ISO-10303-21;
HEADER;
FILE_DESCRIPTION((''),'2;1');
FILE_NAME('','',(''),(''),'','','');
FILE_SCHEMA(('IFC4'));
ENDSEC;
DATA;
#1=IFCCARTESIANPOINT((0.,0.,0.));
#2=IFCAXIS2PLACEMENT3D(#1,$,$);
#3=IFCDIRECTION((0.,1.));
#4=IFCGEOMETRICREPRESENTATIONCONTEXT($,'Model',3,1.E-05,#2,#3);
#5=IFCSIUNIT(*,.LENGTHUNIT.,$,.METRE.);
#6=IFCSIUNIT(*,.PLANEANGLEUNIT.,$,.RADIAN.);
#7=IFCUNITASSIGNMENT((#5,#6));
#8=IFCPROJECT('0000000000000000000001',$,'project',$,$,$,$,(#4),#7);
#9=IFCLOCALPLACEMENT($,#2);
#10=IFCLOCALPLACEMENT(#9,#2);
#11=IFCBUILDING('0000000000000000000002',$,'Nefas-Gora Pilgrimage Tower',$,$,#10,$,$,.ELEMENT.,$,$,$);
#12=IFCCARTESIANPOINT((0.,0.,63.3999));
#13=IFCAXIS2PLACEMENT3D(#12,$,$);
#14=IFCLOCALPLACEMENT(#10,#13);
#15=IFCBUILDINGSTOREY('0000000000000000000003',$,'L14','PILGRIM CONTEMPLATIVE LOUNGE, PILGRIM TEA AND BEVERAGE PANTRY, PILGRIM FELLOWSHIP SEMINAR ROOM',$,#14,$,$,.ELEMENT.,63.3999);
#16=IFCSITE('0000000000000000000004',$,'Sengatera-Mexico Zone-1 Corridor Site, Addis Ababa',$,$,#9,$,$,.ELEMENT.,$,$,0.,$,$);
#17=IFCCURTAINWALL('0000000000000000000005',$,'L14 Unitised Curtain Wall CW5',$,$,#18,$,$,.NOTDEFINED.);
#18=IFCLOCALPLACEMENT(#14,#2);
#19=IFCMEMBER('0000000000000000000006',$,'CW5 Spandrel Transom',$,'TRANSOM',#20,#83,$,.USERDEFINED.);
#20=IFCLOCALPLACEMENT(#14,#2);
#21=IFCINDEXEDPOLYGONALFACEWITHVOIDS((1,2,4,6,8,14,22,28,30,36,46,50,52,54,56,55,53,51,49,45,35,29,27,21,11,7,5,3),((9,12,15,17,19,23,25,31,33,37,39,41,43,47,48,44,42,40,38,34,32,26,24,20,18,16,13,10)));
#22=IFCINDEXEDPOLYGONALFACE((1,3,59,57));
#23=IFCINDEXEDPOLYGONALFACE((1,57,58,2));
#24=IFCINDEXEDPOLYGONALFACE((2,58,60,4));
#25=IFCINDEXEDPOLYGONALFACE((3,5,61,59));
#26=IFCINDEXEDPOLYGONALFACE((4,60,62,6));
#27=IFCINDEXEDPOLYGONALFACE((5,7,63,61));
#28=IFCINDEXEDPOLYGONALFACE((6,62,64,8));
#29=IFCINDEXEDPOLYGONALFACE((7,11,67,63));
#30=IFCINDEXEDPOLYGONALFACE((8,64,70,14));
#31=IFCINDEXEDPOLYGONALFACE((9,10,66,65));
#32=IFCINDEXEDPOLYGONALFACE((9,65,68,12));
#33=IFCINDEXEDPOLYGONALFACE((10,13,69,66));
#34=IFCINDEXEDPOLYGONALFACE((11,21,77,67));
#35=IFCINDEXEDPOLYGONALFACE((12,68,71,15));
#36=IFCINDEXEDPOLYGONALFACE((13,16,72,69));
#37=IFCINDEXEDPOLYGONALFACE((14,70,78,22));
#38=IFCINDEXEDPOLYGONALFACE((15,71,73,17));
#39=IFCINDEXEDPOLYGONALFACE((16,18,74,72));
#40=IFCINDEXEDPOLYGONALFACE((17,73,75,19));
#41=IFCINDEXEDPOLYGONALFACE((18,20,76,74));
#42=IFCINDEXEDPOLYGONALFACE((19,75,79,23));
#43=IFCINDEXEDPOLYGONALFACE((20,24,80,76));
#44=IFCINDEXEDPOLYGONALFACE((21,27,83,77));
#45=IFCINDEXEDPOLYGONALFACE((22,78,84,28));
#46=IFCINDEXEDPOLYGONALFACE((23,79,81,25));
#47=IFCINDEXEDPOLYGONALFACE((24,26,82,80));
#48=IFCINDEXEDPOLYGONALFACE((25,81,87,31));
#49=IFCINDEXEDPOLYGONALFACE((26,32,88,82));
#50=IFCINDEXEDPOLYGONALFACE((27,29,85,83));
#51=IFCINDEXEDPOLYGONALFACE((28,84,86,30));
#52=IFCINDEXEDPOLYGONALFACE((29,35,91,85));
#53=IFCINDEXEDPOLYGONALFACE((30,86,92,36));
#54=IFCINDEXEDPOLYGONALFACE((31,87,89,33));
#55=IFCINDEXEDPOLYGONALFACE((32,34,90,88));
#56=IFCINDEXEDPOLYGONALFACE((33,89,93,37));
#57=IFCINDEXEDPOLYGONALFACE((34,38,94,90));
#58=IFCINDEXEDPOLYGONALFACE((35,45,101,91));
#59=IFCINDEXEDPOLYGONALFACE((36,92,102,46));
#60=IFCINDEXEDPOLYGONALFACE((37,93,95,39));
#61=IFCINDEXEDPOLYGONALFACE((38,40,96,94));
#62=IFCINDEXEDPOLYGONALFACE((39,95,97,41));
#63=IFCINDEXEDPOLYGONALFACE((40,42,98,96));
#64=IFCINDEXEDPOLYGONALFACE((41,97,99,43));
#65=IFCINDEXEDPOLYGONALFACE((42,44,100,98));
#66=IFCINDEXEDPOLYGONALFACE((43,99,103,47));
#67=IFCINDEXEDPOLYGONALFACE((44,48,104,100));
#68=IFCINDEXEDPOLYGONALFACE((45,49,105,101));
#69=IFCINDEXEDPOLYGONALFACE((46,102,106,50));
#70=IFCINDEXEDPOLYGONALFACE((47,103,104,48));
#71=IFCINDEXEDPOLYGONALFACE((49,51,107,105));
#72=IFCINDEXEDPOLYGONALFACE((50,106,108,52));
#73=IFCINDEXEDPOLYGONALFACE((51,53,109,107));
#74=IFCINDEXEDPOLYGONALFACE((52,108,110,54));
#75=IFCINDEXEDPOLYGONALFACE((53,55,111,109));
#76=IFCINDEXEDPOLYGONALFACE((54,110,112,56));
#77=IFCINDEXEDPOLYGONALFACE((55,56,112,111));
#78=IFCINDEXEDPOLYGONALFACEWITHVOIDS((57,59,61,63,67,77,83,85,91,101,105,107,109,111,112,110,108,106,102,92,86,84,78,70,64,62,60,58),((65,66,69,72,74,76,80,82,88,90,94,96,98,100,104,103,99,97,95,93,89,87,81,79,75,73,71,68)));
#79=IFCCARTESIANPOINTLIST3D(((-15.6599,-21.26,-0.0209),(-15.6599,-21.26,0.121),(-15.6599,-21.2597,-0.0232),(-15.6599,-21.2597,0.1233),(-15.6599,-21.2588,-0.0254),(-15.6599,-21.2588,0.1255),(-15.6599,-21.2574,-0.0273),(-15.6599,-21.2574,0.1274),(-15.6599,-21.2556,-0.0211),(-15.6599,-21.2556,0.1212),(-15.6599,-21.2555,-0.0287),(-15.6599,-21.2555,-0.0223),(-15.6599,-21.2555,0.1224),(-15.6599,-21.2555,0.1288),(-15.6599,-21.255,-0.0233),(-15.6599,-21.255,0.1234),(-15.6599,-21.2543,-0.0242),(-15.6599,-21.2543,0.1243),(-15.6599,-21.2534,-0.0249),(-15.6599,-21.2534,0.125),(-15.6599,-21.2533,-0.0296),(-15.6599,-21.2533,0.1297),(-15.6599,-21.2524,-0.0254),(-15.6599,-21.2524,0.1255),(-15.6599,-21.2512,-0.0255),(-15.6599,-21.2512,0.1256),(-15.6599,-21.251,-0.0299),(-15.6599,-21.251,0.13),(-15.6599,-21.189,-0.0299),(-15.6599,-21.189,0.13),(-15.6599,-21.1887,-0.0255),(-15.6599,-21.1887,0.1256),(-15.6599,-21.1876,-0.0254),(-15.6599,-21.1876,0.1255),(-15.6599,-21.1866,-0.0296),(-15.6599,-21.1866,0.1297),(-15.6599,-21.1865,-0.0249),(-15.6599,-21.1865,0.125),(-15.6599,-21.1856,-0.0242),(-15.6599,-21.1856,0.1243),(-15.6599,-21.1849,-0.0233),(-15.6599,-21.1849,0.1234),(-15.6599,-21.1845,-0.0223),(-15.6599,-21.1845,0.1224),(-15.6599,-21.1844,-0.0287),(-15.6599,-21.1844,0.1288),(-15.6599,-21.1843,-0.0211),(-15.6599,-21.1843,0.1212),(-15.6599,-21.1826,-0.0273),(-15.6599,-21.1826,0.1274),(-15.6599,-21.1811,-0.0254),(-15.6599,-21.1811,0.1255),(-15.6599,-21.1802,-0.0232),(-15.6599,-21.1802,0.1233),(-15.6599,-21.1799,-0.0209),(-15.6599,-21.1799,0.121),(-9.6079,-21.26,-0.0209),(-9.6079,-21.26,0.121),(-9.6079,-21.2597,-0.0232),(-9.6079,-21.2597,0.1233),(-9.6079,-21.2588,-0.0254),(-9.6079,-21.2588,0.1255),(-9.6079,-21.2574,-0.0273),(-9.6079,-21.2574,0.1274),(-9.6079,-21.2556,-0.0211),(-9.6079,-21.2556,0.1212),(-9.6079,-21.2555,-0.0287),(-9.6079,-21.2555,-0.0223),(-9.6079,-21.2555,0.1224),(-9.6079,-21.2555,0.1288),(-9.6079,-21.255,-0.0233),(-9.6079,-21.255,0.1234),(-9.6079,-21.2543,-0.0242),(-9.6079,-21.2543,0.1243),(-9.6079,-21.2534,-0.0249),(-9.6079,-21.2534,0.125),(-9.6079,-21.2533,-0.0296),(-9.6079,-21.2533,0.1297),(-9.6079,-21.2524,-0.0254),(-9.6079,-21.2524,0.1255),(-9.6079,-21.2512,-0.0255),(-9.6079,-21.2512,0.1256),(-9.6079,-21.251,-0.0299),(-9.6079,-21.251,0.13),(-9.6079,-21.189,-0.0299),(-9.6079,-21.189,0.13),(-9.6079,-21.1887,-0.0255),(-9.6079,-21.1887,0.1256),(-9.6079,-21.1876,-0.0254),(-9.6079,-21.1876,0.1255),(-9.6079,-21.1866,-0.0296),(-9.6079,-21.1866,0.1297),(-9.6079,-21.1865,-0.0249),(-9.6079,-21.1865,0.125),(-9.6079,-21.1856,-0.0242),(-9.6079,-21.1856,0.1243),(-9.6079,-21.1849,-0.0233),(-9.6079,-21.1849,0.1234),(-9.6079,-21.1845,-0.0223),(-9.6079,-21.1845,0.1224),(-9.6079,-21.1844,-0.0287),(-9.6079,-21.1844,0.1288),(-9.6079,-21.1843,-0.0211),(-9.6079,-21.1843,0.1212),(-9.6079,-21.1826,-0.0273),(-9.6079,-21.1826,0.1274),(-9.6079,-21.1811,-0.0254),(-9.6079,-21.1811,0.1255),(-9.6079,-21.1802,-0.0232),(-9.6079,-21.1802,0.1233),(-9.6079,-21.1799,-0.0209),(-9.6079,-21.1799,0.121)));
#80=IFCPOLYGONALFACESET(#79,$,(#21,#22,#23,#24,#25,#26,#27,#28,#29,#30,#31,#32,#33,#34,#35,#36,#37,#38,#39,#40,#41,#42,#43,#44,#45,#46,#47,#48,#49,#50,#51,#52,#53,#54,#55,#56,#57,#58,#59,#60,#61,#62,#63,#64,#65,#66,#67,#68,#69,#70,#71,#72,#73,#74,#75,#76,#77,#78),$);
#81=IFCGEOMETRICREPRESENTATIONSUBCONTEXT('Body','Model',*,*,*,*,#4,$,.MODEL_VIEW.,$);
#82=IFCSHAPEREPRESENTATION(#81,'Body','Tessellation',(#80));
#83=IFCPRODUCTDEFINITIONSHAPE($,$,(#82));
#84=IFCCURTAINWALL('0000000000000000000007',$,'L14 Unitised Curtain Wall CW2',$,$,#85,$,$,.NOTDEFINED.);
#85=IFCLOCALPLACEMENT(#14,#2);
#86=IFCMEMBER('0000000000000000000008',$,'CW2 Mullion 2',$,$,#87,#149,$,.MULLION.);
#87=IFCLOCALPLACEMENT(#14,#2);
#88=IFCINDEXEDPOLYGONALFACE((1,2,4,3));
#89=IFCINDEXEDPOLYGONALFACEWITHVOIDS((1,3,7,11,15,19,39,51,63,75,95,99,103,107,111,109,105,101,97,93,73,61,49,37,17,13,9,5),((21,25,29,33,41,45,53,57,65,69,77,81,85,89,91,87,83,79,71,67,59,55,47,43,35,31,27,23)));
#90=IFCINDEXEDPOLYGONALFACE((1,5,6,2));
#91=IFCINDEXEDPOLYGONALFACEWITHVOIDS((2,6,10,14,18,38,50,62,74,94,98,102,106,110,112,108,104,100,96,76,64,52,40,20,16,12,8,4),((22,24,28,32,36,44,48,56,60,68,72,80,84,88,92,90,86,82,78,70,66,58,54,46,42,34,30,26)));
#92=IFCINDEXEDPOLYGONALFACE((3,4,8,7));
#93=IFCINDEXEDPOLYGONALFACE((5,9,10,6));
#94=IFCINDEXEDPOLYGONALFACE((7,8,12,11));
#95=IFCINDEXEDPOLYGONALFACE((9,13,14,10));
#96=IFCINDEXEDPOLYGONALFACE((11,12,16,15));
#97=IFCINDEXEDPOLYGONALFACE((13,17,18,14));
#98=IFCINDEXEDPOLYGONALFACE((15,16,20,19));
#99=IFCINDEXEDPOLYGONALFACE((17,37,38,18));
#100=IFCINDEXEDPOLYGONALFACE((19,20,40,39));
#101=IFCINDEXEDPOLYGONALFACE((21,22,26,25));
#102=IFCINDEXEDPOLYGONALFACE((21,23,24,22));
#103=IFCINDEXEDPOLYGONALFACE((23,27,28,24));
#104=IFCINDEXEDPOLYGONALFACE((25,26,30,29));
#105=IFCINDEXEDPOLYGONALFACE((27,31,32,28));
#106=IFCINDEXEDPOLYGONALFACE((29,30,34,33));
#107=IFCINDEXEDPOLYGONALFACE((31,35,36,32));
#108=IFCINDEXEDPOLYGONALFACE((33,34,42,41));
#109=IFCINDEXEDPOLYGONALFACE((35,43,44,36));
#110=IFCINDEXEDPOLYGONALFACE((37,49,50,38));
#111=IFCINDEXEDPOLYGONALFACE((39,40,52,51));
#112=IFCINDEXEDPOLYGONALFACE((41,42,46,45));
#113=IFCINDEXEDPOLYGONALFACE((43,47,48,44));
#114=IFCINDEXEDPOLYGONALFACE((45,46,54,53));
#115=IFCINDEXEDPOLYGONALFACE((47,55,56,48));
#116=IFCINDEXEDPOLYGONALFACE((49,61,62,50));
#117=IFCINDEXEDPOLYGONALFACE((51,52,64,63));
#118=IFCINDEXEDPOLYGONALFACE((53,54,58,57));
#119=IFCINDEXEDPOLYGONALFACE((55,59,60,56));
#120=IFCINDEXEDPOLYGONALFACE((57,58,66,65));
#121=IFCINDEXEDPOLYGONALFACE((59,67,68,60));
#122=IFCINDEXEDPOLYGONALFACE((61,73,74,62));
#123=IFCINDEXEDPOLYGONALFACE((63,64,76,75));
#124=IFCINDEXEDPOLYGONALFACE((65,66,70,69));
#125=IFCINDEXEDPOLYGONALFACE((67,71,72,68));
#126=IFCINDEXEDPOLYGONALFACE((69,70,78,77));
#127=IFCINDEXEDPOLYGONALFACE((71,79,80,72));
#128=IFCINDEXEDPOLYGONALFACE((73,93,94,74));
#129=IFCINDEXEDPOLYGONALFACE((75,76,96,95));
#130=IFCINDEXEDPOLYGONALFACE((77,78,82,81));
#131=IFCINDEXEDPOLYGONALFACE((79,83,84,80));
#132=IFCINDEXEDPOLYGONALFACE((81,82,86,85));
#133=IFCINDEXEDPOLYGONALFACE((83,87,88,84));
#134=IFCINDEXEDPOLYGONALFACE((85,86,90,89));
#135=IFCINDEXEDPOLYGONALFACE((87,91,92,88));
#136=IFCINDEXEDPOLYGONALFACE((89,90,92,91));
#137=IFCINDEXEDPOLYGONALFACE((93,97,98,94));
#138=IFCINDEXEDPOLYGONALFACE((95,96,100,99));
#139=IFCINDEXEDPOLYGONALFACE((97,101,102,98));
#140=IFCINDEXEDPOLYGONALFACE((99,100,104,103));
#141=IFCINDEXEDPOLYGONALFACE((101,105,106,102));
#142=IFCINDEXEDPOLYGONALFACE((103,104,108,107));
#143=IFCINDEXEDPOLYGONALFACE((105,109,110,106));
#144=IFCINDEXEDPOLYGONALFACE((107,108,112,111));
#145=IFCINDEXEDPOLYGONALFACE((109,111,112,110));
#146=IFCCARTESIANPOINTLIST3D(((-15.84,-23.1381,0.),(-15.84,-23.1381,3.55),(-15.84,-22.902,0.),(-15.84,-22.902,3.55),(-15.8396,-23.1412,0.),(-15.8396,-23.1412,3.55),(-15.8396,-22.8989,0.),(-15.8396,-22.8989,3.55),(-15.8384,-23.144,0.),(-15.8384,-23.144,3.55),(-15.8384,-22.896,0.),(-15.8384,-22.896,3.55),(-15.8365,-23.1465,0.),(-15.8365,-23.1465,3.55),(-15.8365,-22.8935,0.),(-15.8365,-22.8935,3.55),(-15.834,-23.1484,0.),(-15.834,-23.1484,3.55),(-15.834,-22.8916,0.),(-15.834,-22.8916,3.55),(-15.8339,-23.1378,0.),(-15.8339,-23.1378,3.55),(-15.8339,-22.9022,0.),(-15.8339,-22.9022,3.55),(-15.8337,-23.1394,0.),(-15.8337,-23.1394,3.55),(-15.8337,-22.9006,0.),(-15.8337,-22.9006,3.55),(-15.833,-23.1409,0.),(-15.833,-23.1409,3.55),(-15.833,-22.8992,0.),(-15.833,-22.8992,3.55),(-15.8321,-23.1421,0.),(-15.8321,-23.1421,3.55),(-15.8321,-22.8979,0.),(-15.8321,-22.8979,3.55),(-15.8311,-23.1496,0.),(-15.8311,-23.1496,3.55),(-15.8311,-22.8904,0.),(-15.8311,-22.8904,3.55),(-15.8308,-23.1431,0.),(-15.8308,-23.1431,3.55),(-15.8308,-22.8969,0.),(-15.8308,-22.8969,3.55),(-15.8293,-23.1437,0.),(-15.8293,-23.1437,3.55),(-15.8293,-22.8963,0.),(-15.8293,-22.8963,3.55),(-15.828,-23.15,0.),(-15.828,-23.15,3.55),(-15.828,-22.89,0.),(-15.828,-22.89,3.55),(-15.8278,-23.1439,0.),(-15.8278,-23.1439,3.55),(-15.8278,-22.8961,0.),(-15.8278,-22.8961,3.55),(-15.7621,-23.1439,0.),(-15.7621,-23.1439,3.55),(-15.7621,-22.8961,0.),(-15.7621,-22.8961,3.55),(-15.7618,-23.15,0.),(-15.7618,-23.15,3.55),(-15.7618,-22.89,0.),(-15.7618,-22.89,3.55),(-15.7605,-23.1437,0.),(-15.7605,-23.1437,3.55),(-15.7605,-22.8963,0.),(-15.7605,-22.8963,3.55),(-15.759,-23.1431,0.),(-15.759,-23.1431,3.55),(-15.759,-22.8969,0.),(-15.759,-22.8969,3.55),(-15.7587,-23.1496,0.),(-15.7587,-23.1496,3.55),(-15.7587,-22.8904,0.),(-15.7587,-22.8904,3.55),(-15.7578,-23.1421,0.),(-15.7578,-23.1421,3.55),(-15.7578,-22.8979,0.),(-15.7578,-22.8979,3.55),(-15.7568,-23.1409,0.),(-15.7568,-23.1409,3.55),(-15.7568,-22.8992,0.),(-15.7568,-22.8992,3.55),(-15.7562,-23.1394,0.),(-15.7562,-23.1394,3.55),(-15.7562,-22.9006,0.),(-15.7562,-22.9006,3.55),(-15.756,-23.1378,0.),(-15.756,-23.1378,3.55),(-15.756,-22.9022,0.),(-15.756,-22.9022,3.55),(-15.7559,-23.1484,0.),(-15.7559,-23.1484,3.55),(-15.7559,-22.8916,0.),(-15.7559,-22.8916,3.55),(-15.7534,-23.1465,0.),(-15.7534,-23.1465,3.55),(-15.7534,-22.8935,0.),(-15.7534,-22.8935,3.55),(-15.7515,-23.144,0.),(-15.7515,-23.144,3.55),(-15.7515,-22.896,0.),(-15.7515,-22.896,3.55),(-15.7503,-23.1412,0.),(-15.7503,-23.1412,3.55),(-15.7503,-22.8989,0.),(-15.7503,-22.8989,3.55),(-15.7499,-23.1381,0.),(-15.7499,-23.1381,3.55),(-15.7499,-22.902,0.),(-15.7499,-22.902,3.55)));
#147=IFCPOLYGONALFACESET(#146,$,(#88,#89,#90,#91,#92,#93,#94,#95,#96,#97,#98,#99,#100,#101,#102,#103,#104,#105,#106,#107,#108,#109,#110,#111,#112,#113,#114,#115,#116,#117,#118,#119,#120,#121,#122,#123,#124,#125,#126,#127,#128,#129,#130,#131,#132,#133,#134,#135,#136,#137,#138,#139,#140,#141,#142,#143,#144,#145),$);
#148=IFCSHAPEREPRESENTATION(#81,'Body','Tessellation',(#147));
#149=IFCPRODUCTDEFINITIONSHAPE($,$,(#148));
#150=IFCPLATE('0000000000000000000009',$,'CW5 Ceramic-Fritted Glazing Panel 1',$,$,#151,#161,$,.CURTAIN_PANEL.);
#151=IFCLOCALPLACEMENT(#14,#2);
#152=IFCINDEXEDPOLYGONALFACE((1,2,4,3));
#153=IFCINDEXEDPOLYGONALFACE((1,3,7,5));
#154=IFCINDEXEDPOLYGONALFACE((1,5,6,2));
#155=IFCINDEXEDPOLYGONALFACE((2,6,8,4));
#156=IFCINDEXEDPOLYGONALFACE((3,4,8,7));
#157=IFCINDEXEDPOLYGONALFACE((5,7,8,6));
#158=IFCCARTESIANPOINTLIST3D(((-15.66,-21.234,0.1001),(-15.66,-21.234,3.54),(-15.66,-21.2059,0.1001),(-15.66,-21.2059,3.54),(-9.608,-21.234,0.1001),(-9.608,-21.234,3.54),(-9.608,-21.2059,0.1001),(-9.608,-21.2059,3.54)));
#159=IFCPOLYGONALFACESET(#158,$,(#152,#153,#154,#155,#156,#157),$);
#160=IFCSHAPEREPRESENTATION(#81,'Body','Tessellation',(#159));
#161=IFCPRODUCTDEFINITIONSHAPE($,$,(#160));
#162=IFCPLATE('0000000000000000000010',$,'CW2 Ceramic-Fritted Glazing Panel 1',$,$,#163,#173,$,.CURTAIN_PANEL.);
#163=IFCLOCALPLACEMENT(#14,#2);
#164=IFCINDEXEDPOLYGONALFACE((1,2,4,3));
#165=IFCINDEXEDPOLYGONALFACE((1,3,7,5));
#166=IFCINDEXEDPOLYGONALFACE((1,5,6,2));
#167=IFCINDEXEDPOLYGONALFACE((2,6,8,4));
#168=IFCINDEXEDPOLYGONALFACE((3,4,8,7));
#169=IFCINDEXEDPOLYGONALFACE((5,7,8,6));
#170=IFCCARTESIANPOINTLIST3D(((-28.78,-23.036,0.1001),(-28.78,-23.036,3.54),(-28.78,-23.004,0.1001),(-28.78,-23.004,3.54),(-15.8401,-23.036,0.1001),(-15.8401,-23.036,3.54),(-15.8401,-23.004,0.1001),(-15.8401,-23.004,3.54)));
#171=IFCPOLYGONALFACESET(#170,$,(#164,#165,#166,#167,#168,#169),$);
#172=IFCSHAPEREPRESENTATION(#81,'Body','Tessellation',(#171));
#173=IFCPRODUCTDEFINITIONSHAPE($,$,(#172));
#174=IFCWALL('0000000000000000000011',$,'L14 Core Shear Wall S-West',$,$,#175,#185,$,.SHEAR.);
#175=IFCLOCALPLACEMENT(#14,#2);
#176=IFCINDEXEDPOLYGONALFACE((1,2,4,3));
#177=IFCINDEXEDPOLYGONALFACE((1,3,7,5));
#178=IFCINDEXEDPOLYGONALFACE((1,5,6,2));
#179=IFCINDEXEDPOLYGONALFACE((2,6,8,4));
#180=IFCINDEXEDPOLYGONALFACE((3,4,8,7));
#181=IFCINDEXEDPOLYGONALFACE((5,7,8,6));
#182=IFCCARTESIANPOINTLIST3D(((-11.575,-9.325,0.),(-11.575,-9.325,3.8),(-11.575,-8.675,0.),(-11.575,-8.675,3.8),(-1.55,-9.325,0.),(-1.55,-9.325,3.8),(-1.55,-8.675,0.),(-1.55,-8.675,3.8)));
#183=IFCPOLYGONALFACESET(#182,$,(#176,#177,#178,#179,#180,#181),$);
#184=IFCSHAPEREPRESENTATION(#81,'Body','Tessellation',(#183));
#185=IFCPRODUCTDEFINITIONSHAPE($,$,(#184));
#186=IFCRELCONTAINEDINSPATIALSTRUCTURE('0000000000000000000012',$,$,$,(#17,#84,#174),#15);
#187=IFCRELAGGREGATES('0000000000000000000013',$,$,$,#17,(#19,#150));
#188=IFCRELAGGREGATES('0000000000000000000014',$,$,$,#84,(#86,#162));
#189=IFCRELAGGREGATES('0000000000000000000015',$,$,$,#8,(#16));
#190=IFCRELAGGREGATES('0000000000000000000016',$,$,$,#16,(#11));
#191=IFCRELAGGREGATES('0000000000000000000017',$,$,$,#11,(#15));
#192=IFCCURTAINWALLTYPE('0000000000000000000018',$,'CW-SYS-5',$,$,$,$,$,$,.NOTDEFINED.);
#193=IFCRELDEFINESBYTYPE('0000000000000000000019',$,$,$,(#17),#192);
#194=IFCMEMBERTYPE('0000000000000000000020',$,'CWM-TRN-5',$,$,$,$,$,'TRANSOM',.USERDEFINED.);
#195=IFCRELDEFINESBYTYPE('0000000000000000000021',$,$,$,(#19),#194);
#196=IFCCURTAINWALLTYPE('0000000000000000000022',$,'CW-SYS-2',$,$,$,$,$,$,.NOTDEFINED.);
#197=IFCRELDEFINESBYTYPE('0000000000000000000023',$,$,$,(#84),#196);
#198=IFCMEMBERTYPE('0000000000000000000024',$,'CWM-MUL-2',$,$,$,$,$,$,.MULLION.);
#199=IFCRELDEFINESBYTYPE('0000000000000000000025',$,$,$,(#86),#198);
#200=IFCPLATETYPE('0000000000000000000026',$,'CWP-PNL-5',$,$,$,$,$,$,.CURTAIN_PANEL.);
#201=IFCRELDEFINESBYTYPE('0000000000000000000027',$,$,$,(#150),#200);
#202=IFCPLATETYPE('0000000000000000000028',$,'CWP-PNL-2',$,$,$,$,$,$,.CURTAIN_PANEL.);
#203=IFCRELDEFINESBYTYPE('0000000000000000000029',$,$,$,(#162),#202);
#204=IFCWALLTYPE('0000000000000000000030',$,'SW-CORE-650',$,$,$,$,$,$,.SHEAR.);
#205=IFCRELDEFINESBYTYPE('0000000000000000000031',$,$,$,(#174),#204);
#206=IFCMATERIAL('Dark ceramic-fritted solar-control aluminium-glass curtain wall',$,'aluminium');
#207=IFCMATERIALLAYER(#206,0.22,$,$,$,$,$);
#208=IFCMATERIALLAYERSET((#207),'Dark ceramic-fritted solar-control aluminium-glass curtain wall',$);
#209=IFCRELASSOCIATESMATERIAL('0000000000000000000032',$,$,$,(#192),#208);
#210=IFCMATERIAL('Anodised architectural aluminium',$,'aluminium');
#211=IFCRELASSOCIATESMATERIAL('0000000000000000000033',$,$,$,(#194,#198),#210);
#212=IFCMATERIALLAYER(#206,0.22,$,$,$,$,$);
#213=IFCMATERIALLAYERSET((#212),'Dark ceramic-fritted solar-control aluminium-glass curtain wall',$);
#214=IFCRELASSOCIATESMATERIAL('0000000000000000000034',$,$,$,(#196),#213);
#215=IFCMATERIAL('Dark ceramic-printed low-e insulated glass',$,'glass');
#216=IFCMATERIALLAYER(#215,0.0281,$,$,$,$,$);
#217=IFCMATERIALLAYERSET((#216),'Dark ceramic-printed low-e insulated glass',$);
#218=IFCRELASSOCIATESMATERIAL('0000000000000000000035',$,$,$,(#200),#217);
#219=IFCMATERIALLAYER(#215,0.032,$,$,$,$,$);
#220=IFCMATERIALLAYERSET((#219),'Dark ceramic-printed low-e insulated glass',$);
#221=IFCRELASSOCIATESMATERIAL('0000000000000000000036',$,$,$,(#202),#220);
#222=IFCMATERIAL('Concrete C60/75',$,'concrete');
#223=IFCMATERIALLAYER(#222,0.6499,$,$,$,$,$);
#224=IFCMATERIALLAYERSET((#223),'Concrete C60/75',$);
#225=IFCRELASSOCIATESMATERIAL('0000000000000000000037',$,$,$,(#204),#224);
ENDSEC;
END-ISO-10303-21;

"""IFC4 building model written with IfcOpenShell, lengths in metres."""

from ifc_helpers import new_model, si_unit, direction, frame, frame_2d, origin, origin_2d, place, context, subcontext, project, spatial, rectangle, hollow_rectangle, extrude, source, transform, mapped, material, layer, layer_set, material_profile, profile_set, type_object, element, aggregate, save


model = new_model("IFC4")

# Units and contexts
model_context = context("Model", 3, precision=1e-05, world=origin(), true_north=direction((0.0, 1.0)))
body_context = subcontext(model_context, "Body", "Model", "MODEL_VIEW")
ifc_project = project(units=[si_unit("LENGTHUNIT", "METRE"), si_unit("PLANEANGLEUNIT", "RADIAN")], contexts=[model_context])

# Site, building, storey
site_placement = place(None, origin())
site = spatial("IfcSite", under=ifc_project, at=site_placement, Name="Sengatera-Mexico Zone-1 Corridor Site, Addis Ababa", CompositionType="ELEMENT", RefElevation=0.0)
building_placement = place(site_placement, origin())
building = spatial("IfcBuilding", under=site, at=building_placement, Name="Nefas-Gora Pilgrimage Tower", CompositionType="ELEMENT")
storey_placement = place(building_placement, frame((0.0, 0.0, 63.3999)))
storey = spatial("IfcBuildingStorey", under=building, at=storey_placement, Name="L14", Description="PILGRIM CONTEMPLATIVE LOUNGE, PILGRIM TEA AND BEVERAGE PANTRY, PILGRIM FELLOWSHIP SEMINAR ROOM", CompositionType="ELEMENT", Elevation=63.3999)

# Curtain wall, member
ifc_material_1 = material(Name="Dark ceramic-fritted solar-control aluminium-glass curtain wall", Category="aluminium")
ifc_layer_1 = layer(ifc_material_1, 0.22)
ifc_layer_set_1 = layer_set([ifc_layer_1], Name="Dark ceramic-fritted solar-control aluminium-glass curtain wall")
curtain_wall_type_1 = type_object("IfcCurtainWallType", Name="CW-SYS-5", PredefinedType="NOTDEFINED", material=ifc_layer_set_1)
curtain_wall_1_placement = place(storey_placement, origin())
curtain_wall_1 = element("IfcCurtainWall", 1, at=curtain_wall_1_placement, inside=storey, type_object=curtain_wall_type_1, Name="L14 Unitised Curtain Wall CW5", PredefinedType="NOTDEFINED")
ifc_material_2 = material(Name="Anodised architectural aluminium", Category="aluminium")
ifc_material_profile_1 = material_profile(ifc_material_2, hollow_rectangle(XDim=0.0801, YDim=0.1599, WallThickness=0.0044, InnerFilletRadius=0.0044, OuterFilletRadius=0.009, at=origin_2d()), Name="ALU TRANSOM 80x160")
ifc_profile_set_1 = profile_set([ifc_material_profile_1], Name="Anodised architectural aluminium")
member_type_1 = type_object("IfcMemberType", Name="CWM-TRN-5", ElementType="TRANSOM", PredefinedType="USERDEFINED", material=ifc_profile_set_1)
shared_shape_1 = source(origin(), body_context, "Body", "SweptSolid", [
    extrude(hollow_rectangle(XDim=0.0801, YDim=0.1599, WallThickness=0.0044, InnerFilletRadius=0.0044, OuterFilletRadius=0.009, at=origin_2d()), origin(), (0.0, 0.0, 1.0), 6.052),
])
member_1_placement = place(storey_placement, frame((-15.6599, -21.22, 0.05), z_axis=(1.0, 0.0, 0.0), x_axis=(0.0, 1.0, 0.0)))
member_1 = element("IfcMember", 2, at=member_1_placement, type_object=member_type_1, Name="CW5 Spandrel Transom", ObjectType="TRANSOM", PredefinedType="USERDEFINED", context=body_context, shape_type="MappedRepresentation", body=[
    mapped(shared_shape_1, transform((0.0, 0.0, 0.0), x_axis=(1.0, 0.0, 0.0), y_axis=(0.0, 1.0, 0.0), z_axis=(0.0, 0.0, 1.0), scale=1.0)),
])

# Curtain wall, member
ifc_layer_2 = layer(ifc_material_1, 0.22)
ifc_layer_set_2 = layer_set([ifc_layer_2], Name="Dark ceramic-fritted solar-control aluminium-glass curtain wall")
curtain_wall_type_2 = type_object("IfcCurtainWallType", Name="CW-SYS-2", PredefinedType="NOTDEFINED", material=ifc_layer_set_2)
curtain_wall_2_placement = place(storey_placement, origin())
curtain_wall_2 = element("IfcCurtainWall", 3, at=curtain_wall_2_placement, inside=storey, type_object=curtain_wall_type_2, Name="L14 Unitised Curtain Wall CW2", PredefinedType="NOTDEFINED")
ifc_material_profile_2 = material_profile(ifc_material_2, hollow_rectangle(XDim=0.0901, YDim=0.26, WallThickness=0.0061, InnerFilletRadius=0.0061, OuterFilletRadius=0.012, at=origin_2d()), Name="ALU MULLION 90x260")
ifc_profile_set_2 = profile_set([ifc_material_profile_2], Name="Anodised architectural aluminium")
member_type_2 = type_object("IfcMemberType", Name="CWM-MUL-2", PredefinedType="MULLION", material=ifc_profile_set_2)
shared_shape_2 = source(origin(), body_context, "Body", "SweptSolid", [
    extrude(hollow_rectangle(XDim=0.0901, YDim=0.26, WallThickness=0.0061, InnerFilletRadius=0.0061, OuterFilletRadius=0.012, at=origin_2d()), origin(), (0.0, 0.0, 1.0), 3.55),
])
member_2_placement = place(storey_placement, frame((-15.7949, -23.02, 0.0), z_axis=(0.0, 0.0, 1.0), x_axis=(1.0, 0.0, 0.0)))
member_2 = element("IfcMember", 4, at=member_2_placement, type_object=member_type_2, Name="CW2 Mullion 2", PredefinedType="MULLION", context=body_context, shape_type="MappedRepresentation", body=[
    mapped(shared_shape_2, transform((0.0, 0.0, 0.0), x_axis=(1.0, 0.0, 0.0), y_axis=(0.0, 1.0, 0.0), z_axis=(0.0, 0.0, 1.0), scale=1.0)),
])

# Plates
ifc_material_3 = material(Name="Dark ceramic-printed low-e insulated glass", Category="glass")
ifc_layer_3 = layer(ifc_material_3, 0.0281)
ifc_layer_set_3 = layer_set([ifc_layer_3], Name="Dark ceramic-printed low-e insulated glass")
plate_type_1 = type_object("IfcPlateType", Name="CWP-PNL-5", PredefinedType="CURTAIN_PANEL", material=ifc_layer_set_3)
shared_shape_3 = source(origin(), body_context, "Body", "SweptSolid", [
    extrude(rectangle(XDim=6.052, YDim=0.0281, at=origin_2d()), origin(), (0.0, 0.0, 1.0), 3.4399),
])
plate_1_placement = place(storey_placement, frame((-12.634, -21.22, 0.1001), z_axis=(0.0, 0.0, 1.0), x_axis=(1.0, 0.0, 0.0)))
plate_1 = element("IfcPlate", 5, at=plate_1_placement, type_object=plate_type_1, Name="CW5 Ceramic-Fritted Glazing Panel 1", PredefinedType="CURTAIN_PANEL", context=body_context, shape_type="MappedRepresentation", body=[
    mapped(shared_shape_3, transform((0.0, 0.0, 0.0), x_axis=(1.0, 0.0, 0.0), y_axis=(0.0, 1.0, 0.0), z_axis=(0.0, 0.0, 1.0), scale=1.0)),
])
aggregate(curtain_wall_1, [member_1, plate_1])
ifc_layer_4 = layer(ifc_material_3, 0.032)
ifc_layer_set_4 = layer_set([ifc_layer_4], Name="Dark ceramic-printed low-e insulated glass")
plate_type_2 = type_object("IfcPlateType", Name="CWP-PNL-2", PredefinedType="CURTAIN_PANEL", material=ifc_layer_set_4)
shared_shape_4 = source(origin(), body_context, "Body", "SweptSolid", [
    extrude(rectangle(XDim=12.9399, YDim=0.032, at=origin_2d()), origin(), (0.0, 0.0, 1.0), 3.4399),
])
plate_2_placement = place(storey_placement, frame((-22.3101, -23.02, 0.1001), z_axis=(0.0, 0.0, 1.0), x_axis=(1.0, 0.0, 0.0)))
plate_2 = element("IfcPlate", 6, at=plate_2_placement, type_object=plate_type_2, Name="CW2 Ceramic-Fritted Glazing Panel 1", PredefinedType="CURTAIN_PANEL", context=body_context, shape_type="MappedRepresentation", body=[
    mapped(shared_shape_4, transform((0.0, 0.0, 0.0), x_axis=(1.0, 0.0, 0.0), y_axis=(0.0, 1.0, 0.0), z_axis=(0.0, 0.0, 1.0), scale=1.0)),
])
aggregate(curtain_wall_2, [member_2, plate_2])

# Wall
ifc_material_4 = material(Name="Concrete C60/75", Category="concrete")
ifc_layer_5 = layer(ifc_material_4, 0.6499)
ifc_layer_set_5 = layer_set([ifc_layer_5], Name="Concrete C60/75")
wall_type_1 = type_object("IfcWallType", Name="SW-CORE-650", PredefinedType="SHEAR", material=ifc_layer_set_5)
shared_shape_5 = source(origin(), body_context, "Body", "SweptSolid", [
    extrude(rectangle(XDim=10.0249, YDim=0.6499, at=frame_2d((5.0125, 0.0))), origin(), (0.0, 0.0, 1.0), 3.8),
])
wall_1_placement = place(storey_placement, frame((-11.575, -9.0, 0.0), z_axis=(0.0, 0.0, 1.0), x_axis=(1.0, 0.0, 0.0)))
element("IfcWall", 7, at=wall_1_placement, inside=storey, type_object=wall_type_1, Name="L14 Core Shear Wall S-West", PredefinedType="SHEAR", context=body_context, shape_type="MappedRepresentation", body=[
    mapped(shared_shape_5, transform((0.0, 0.0, 0.0), x_axis=(1.0, 0.0, 0.0), y_axis=(0.0, 1.0, 0.0), z_axis=(0.0, 0.0, 1.0), scale=1.0)),
])

save(model, "model.ifc")
